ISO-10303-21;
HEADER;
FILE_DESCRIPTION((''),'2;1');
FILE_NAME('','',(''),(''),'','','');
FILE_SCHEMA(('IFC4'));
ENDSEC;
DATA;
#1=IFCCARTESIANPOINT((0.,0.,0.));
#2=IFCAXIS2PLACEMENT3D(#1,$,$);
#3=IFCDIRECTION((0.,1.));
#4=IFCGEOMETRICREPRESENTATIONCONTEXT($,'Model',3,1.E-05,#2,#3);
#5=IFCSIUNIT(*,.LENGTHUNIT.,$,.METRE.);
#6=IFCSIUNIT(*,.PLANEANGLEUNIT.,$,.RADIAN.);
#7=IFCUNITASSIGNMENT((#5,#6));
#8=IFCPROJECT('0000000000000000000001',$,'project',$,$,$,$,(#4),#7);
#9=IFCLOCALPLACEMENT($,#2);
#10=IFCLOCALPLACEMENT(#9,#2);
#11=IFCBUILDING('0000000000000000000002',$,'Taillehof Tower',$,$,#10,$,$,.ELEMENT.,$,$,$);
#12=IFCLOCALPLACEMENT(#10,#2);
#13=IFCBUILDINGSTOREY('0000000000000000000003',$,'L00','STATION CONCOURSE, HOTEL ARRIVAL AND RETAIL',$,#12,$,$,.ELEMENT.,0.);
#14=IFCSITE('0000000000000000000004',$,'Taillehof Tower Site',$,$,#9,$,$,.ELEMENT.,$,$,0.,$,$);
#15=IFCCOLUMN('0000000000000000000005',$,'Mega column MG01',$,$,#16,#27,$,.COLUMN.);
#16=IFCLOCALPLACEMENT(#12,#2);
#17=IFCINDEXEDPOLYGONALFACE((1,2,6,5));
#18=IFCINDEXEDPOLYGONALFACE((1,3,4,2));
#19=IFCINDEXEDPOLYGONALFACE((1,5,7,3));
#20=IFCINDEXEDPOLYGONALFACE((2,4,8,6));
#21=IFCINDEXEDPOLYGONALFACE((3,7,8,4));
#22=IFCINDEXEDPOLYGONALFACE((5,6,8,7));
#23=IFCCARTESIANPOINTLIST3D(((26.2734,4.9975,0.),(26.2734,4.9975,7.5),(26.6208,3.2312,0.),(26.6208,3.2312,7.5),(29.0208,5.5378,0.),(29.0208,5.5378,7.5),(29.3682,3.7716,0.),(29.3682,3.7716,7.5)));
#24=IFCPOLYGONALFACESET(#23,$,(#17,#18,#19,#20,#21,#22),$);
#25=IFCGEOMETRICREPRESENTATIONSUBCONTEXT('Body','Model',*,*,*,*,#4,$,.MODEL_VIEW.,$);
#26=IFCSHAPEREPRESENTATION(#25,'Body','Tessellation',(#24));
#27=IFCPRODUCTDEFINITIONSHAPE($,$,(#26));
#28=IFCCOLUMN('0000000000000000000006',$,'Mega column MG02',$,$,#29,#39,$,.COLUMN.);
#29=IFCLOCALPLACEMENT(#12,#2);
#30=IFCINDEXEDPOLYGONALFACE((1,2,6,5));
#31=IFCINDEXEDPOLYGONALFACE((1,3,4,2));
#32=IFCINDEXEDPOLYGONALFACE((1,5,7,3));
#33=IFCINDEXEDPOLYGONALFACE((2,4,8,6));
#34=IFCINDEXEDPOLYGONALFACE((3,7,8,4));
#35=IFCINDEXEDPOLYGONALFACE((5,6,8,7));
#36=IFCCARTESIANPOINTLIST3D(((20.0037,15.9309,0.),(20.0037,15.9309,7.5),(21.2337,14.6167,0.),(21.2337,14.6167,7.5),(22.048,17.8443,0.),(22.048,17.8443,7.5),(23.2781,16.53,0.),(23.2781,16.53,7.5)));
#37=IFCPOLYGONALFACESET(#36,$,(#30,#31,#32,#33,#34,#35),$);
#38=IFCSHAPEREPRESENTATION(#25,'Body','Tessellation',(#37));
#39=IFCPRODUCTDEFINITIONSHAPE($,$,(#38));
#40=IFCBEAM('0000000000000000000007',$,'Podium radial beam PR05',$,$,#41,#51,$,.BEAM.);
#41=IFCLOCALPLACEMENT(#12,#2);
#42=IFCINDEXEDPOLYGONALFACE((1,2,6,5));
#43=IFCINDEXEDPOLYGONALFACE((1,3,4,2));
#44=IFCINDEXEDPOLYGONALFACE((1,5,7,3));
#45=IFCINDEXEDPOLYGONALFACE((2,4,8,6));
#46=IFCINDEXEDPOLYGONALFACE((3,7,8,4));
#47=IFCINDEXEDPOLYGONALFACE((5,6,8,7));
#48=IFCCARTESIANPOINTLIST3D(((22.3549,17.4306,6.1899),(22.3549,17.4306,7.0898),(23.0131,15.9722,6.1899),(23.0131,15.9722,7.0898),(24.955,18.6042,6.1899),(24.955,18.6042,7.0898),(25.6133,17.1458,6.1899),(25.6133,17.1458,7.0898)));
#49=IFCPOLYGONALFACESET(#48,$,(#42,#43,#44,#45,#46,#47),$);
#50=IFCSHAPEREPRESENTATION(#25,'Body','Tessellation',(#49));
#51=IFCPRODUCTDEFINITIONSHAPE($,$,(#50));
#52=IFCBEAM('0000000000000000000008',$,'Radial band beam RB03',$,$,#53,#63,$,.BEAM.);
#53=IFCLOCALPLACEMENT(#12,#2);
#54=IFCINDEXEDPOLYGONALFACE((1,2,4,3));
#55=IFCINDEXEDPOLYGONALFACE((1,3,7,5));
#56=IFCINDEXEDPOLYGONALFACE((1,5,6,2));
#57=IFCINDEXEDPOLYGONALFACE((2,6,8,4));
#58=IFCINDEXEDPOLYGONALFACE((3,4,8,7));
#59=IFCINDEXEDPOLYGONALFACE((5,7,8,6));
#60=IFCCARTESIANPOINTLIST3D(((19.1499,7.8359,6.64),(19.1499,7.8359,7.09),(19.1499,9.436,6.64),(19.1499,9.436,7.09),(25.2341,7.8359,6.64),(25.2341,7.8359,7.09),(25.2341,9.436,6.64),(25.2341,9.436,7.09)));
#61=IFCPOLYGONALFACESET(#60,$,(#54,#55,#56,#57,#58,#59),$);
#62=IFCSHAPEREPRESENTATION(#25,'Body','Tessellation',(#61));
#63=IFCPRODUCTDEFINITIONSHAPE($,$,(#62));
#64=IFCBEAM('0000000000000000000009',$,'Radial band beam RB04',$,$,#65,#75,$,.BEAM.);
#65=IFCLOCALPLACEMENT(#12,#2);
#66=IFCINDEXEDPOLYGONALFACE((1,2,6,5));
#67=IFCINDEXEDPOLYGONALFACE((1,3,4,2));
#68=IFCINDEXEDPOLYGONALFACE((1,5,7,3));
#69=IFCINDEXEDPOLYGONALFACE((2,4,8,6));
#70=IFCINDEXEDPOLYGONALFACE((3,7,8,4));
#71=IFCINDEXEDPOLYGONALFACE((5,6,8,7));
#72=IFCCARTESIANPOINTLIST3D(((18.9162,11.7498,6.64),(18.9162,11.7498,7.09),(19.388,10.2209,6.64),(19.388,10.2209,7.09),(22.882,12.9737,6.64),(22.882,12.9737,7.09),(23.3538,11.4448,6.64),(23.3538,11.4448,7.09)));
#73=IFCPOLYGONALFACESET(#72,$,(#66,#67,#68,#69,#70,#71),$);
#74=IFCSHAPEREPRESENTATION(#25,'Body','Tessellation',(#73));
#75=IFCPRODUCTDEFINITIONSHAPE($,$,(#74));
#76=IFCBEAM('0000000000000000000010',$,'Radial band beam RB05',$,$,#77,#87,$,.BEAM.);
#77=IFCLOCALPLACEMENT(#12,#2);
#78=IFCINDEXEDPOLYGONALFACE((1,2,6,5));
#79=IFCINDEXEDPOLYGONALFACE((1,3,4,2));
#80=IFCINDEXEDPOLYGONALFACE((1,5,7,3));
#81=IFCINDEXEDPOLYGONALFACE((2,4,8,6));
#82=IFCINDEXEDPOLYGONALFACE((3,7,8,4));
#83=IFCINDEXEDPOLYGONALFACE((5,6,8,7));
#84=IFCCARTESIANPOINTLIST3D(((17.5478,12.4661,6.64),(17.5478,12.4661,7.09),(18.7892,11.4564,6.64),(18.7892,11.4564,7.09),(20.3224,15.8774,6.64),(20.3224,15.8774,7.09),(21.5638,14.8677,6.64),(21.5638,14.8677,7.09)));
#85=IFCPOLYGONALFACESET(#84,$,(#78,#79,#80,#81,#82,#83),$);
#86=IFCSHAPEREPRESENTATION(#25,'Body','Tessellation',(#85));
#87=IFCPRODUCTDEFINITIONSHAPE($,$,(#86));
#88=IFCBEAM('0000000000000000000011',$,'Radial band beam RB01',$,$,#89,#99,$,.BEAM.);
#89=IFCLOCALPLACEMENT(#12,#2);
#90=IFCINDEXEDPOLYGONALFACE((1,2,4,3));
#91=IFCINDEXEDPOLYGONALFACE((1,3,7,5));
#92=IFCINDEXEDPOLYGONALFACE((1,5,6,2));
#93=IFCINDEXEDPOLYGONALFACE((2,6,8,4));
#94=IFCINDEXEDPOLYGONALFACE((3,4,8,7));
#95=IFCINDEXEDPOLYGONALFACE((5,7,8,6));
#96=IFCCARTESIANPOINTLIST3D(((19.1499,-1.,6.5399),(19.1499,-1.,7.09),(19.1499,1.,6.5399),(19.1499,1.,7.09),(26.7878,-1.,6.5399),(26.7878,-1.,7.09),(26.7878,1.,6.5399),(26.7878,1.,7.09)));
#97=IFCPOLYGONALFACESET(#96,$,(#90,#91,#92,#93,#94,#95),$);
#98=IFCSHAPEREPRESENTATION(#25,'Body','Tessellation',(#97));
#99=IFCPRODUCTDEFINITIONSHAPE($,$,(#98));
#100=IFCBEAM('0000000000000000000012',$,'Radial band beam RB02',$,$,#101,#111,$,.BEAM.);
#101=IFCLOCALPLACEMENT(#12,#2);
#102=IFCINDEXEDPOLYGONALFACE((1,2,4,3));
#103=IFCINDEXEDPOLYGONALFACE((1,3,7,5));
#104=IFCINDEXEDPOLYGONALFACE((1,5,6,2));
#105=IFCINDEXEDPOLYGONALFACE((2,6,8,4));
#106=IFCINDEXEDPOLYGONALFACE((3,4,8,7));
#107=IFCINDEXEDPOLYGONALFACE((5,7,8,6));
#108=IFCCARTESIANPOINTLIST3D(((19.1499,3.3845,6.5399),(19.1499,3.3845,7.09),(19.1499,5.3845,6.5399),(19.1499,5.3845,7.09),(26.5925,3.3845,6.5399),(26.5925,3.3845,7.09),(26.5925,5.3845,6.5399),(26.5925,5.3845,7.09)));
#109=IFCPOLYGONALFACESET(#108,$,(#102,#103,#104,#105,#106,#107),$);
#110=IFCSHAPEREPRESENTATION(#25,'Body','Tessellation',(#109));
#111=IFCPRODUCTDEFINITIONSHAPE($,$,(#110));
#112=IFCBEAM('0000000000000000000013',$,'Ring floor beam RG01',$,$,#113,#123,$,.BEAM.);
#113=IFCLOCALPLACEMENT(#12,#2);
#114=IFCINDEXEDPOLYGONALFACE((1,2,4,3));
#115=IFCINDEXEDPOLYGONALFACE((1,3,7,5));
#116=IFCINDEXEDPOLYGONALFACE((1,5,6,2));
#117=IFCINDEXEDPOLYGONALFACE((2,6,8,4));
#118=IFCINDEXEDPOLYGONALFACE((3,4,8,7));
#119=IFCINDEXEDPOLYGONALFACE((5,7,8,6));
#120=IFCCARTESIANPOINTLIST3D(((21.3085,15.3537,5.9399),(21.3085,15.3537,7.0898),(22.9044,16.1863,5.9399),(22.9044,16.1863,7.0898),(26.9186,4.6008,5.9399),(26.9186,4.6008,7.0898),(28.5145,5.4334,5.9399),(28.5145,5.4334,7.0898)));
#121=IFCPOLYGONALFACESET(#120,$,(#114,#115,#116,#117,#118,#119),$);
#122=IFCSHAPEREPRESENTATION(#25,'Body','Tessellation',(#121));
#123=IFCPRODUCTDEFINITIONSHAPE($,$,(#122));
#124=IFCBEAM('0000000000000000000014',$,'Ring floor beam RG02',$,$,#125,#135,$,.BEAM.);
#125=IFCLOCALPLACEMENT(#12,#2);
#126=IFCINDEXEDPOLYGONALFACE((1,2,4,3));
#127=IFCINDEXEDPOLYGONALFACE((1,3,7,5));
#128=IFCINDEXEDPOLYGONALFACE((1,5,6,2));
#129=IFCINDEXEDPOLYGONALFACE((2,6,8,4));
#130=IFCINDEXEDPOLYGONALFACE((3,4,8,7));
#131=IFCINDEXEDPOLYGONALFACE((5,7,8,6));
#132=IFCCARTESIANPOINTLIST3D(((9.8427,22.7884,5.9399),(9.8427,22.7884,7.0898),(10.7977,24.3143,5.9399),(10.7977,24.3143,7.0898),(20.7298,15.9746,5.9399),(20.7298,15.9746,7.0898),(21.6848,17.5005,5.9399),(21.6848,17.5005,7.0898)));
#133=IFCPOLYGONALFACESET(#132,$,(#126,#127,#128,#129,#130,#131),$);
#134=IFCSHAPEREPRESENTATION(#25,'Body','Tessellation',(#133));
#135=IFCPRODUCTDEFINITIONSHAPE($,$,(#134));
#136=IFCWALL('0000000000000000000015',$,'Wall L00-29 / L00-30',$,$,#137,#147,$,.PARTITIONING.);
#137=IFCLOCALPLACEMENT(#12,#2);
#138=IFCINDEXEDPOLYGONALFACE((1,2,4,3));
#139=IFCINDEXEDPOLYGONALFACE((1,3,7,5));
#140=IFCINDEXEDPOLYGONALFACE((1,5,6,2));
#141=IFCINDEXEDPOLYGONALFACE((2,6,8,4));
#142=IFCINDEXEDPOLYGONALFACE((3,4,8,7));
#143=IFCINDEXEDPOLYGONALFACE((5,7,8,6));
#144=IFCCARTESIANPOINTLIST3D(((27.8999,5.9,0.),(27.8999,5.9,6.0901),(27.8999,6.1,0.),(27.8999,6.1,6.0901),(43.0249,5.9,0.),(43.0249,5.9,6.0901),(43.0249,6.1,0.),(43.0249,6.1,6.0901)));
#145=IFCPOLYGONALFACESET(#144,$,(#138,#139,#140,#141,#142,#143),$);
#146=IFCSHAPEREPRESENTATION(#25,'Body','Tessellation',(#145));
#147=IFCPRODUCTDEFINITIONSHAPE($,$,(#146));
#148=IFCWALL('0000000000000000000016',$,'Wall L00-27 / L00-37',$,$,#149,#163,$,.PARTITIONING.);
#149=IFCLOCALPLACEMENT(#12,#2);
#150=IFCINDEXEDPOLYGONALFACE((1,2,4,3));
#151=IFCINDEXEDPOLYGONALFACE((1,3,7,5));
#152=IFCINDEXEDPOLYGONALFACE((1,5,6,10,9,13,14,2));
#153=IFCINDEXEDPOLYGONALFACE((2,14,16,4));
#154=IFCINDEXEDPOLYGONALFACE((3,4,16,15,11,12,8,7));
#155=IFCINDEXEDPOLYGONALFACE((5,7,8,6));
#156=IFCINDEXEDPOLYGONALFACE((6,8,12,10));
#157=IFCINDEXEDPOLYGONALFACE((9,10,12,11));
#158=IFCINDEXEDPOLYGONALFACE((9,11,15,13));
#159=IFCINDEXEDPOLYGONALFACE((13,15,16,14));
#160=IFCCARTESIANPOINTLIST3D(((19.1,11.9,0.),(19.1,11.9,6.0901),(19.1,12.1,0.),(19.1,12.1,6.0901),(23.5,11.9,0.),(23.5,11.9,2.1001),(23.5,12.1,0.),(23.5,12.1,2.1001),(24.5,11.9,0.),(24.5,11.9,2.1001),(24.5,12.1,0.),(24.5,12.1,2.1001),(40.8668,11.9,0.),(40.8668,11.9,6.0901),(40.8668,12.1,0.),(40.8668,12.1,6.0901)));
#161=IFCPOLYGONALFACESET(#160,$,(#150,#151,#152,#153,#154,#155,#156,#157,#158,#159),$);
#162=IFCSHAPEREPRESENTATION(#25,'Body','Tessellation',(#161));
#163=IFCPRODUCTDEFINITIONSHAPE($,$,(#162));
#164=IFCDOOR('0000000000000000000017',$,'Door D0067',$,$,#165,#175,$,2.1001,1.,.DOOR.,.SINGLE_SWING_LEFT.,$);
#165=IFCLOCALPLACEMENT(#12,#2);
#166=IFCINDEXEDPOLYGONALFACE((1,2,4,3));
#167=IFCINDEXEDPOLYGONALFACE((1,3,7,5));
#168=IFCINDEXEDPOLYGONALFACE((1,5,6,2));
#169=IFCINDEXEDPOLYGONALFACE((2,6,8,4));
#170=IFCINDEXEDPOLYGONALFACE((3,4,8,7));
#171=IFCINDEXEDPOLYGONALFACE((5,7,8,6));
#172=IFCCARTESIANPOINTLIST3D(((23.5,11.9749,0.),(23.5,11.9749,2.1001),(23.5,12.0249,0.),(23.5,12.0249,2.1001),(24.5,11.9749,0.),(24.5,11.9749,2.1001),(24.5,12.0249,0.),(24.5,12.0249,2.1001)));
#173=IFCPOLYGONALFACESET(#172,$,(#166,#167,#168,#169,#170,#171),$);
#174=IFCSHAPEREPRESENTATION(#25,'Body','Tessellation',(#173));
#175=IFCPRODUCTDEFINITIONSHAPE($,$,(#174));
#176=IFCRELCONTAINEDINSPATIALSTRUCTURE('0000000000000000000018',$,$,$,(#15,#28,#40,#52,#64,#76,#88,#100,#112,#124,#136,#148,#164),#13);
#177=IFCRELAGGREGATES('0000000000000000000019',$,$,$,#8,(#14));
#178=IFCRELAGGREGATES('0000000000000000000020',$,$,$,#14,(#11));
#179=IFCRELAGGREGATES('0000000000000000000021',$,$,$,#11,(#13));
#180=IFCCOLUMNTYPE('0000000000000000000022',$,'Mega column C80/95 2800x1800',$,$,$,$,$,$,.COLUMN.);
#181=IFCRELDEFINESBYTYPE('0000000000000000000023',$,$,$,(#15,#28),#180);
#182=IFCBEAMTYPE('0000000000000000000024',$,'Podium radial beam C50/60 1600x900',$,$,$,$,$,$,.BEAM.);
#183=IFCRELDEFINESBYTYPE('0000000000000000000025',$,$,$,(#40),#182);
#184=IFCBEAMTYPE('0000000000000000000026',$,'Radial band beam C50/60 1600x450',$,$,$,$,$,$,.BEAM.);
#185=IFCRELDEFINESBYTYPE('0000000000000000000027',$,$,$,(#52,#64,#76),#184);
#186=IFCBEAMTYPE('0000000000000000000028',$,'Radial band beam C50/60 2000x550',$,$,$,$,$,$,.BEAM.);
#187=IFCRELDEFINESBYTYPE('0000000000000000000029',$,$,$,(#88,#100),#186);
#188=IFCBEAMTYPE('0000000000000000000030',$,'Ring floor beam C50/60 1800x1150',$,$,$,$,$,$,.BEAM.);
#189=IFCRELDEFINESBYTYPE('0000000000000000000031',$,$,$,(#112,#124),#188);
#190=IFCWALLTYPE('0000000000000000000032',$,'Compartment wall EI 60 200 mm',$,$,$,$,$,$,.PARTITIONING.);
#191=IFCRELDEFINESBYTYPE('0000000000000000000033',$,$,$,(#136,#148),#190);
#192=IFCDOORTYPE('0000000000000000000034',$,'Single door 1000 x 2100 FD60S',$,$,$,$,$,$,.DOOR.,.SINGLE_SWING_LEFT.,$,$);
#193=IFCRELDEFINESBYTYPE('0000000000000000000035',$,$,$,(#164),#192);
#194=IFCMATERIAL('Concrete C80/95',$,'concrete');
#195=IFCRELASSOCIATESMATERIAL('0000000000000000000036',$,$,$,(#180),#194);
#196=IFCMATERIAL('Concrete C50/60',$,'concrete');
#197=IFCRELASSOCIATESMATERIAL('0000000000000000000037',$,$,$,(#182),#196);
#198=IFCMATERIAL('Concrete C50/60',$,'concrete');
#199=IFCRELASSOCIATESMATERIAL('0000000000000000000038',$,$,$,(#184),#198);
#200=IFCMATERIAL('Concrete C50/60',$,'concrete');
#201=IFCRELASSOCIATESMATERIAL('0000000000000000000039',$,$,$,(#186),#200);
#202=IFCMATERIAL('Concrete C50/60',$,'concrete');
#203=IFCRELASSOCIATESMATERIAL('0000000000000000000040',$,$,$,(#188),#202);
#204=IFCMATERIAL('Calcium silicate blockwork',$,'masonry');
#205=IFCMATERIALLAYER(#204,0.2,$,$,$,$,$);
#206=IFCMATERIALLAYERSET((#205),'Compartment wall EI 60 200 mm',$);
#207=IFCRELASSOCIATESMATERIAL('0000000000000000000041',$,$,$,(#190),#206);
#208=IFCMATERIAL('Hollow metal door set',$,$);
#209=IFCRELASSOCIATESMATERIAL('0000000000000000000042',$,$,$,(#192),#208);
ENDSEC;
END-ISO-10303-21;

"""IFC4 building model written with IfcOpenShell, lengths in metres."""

from ifc_helpers import new_model, si_unit, direction, frame, frame_2d, origin, origin_2d, place, context, subcontext, project, spatial, rectangle, extrude, material, layer, layer_set, material_profile, profile_set, type_object, element, fill, save


model = new_model("IFC4")

# Units and contexts
model_context = context("Model", 3, precision=1e-05, world=origin(), true_north=direction((0.0, 1.0)))
body_context = subcontext(model_context, "Body", "Model", "MODEL_VIEW")
ifc_project = project(units=[si_unit("LENGTHUNIT", "METRE"), si_unit("PLANEANGLEUNIT", "RADIAN")], contexts=[model_context])

# Site, building, storey
site_placement = place(None, origin())
site = spatial("IfcSite", under=ifc_project, at=site_placement, Name="Taillehof Tower Site", CompositionType="ELEMENT", RefElevation=0.0)
building_placement = place(site_placement, origin())
building = spatial("IfcBuilding", under=site, at=building_placement, Name="Taillehof Tower", CompositionType="ELEMENT")
storey_placement = place(building_placement, origin())
storey = spatial("IfcBuildingStorey", under=building, at=storey_placement, Name="L00", Description="STATION CONCOURSE, HOTEL ARRIVAL AND RETAIL", CompositionType="ELEMENT", Elevation=0.0)

# Columns
ifc_material_1 = material(Name="Concrete C80/95", Category="concrete")
ifc_material_profile_1 = material_profile(ifc_material_1, rectangle(XDim=2.8, YDim=1.8, at=origin_2d()), Name="RC 2800x1800")
ifc_profile_set_1 = profile_set([ifc_material_profile_1], Name="Concrete C80/95")
column_type = type_object("IfcColumnType", Name="Mega column C80/95 2800x1800", PredefinedType="COLUMN", material=ifc_profile_set_1)
for number, where, z_axis, x_axis, name in (
    (1, (27.8208, 4.3845, 0.0), (0.0, 0.0, 1.0), (0.981204, 0.192976, 0.0), "Mega column MG01"),
    (2, (21.6409, 16.2305, 0.0), (0.0, 0.0, 1.0), (0.730113, 0.683326, 0.0), "Mega column MG02"),
):
    element("IfcColumn", number, at=place(storey_placement, frame(where, z_axis=z_axis, x_axis=x_axis)), inside=storey, type_object=column_type, Name=name, PredefinedType="COLUMN", context=body_context, shape_type="SweptSolid", body=[
        extrude(rectangle(XDim=2.8, YDim=1.8, at=origin_2d()), origin(), (0.0, 0.0, 1.0), 7.5),
    ])

# Beams
ifc_material_2 = material(Name="Concrete C50/60", Category="concrete")
ifc_material_profile_2 = material_profile(ifc_material_2, rectangle(XDim=1.6001, YDim=0.8999, at=origin_2d()), Name="RC 1600x900")
ifc_profile_set_2 = profile_set([ifc_material_profile_2], Name="Concrete C50/60")
beam_type_1 = type_object("IfcBeamType", Name="Podium radial beam C50/60 1600x900", PredefinedType="BEAM", material=ifc_profile_set_2)
beam_1_placement = place(storey_placement, frame((25.2842, 17.875, 6.6399), z_axis=(-0.911457, -0.411396, 0.0), x_axis=(0.411396, -0.911457, 0.0)))
element("IfcBeam", 3, at=beam_1_placement, inside=storey, type_object=beam_type_1, Name="Podium radial beam PR05", PredefinedType="BEAM", context=body_context, shape_type="SweptSolid", body=[
    extrude(rectangle(XDim=1.6001, YDim=0.8999, at=origin_2d()), origin(), (0.0, 0.0, 1.0), 2.8528),
])
ifc_material_3 = material(Name="Concrete C50/60", Category="concrete")
ifc_material_profile_3 = material_profile(ifc_material_3, rectangle(XDim=1.6001, YDim=0.45, at=origin_2d()), Name="RC 1600x450")
ifc_profile_set_3 = profile_set([ifc_material_profile_3], Name="Concrete C50/60")
beam_type_2 = type_object("IfcBeamType", Name="Radial band beam C50/60 1600x450", PredefinedType="BEAM", material=ifc_profile_set_3)
beam_2_placement = place(storey_placement, frame((25.2341, 8.636, 6.865), z_axis=(-1.0, 0.0, 0.0), x_axis=(0.0, -1.0, 0.0)))
element("IfcBeam", 4, at=beam_2_placement, inside=storey, type_object=beam_type_2, Name="Radial band beam RB03", PredefinedType="BEAM", context=body_context, shape_type="SweptSolid", body=[
    extrude(rectangle(XDim=1.6001, YDim=0.45, at=origin_2d()), origin(), (0.0, 0.0, 1.0), 6.0842),
])
beam_3_placement = place(storey_placement, frame((23.1179, 12.2092, 6.865), z_axis=(-0.955533, -0.294884, 0.0), x_axis=(0.294884, -0.955533, 0.0)))
element("IfcBeam", 5, at=beam_3_placement, inside=storey, type_object=beam_type_2, Name="Radial band beam RB04", PredefinedType="BEAM", context=body_context, shape_type="SweptSolid", body=[
    extrude(rectangle(XDim=1.6001, YDim=0.45, at=origin_2d()), origin(), (0.0, 0.0, 1.0), 4.1504),
])
beam_4_placement = place(storey_placement, frame((20.9431, 15.3726, 6.865), z_axis=(-0.630992, -0.77579, 0.0), x_axis=(0.77579, -0.630992, 0.0)))
element("IfcBeam", 6, at=beam_4_placement, inside=storey, type_object=beam_type_2, Name="Radial band beam RB05", PredefinedType="BEAM", context=body_context, shape_type="SweptSolid", body=[
    extrude(rectangle(XDim=1.6001, YDim=0.45, at=origin_2d()), origin(), (0.0, 0.0, 1.0), 4.3972),
])
ifc_material_4 = material(Name="Concrete C50/60", Category="concrete")
ifc_material_profile_4 = material_profile(ifc_material_4, rectangle(XDim=2.0, YDim=0.55, at=origin_2d()), Name="RC 2000x550")
ifc_profile_set_4 = profile_set([ifc_material_profile_4], Name="Concrete C50/60")
beam_type_3 = type_object("IfcBeamType", Name="Radial band beam C50/60 2000x550", PredefinedType="BEAM", material=ifc_profile_set_4)
beam_5_placement = place(storey_placement, frame((26.7878, 0.0, 6.8149), z_axis=(-1.0, 0.0, 0.0), x_axis=(0.0, -1.0, 0.0)))
element("IfcBeam", 7, at=beam_5_placement, inside=storey, type_object=beam_type_3, Name="Radial band beam RB01", PredefinedType="BEAM", context=body_context, shape_type="SweptSolid", body=[
    extrude(rectangle(XDim=2.0, YDim=0.55, at=origin_2d()), origin(), (0.0, 0.0, 1.0), 7.6379),
])
beam_6_placement = place(storey_placement, frame((26.5925, 4.3845, 6.8149), z_axis=(-1.0, 0.0, 0.0), x_axis=(0.0, -1.0, 0.0)))
element("IfcBeam", 8, at=beam_6_placement, inside=storey, type_object=beam_type_3, Name="Radial band beam RB02", PredefinedType="BEAM", context=body_context, shape_type="SweptSolid", body=[
    extrude(rectangle(XDim=2.0, YDim=0.55, at=origin_2d()), origin(), (0.0, 0.0, 1.0), 7.4426),
])
ifc_material_5 = material(Name="Concrete C50/60", Category="concrete")
ifc_material_profile_5 = material_profile(ifc_material_5, rectangle(XDim=1.8, YDim=1.1499, at=origin_2d()), Name="RC 1800x1150")
ifc_profile_set_5 = profile_set([ifc_material_profile_5], Name="Concrete C50/60")
beam_type_4 = type_object("IfcBeamType", Name="Ring floor beam C50/60 1800x1150", PredefinedType="BEAM", material=ifc_profile_set_5)
beam_7_placement = place(storey_placement, frame((27.7166, 5.0171, 6.5149), z_axis=(-0.462558, 0.886589, 0.0), x_axis=(-0.886589, -0.462558, 0.0)))
element("IfcBeam", 9, at=beam_7_placement, inside=storey, type_object=beam_type_4, Name="Ring floor beam RG01", PredefinedType="BEAM", context=body_context, shape_type="SweptSolid", body=[
    extrude(rectangle(XDim=1.8, YDim=1.1499, at=origin_2d()), origin(), (0.0, 0.0, 1.0), 12.1284),
])
beam_8_placement = place(storey_placement, frame((21.2073, 16.7375, 6.5149), z_axis=(-0.84767, 0.530523, 0.0), x_axis=(-0.530523, -0.84767, 0.0)))
element("IfcBeam", 10, at=beam_8_placement, inside=storey, type_object=beam_type_4, Name="Ring floor beam RG02", PredefinedType="BEAM", context=body_context, shape_type="SweptSolid", body=[
    extrude(rectangle(XDim=1.8, YDim=1.1499, at=origin_2d()), origin(), (0.0, 0.0, 1.0), 12.8435),
])

# Wall
ifc_material_6 = material(Name="Calcium silicate blockwork", Category="masonry")
ifc_layer_1 = layer(ifc_material_6, 0.2)
ifc_layer_set_1 = layer_set([ifc_layer_1], Name="Compartment wall EI 60 200 mm")
wall_type_1 = type_object("IfcWallType", Name="Compartment wall EI 60 200 mm", PredefinedType="PARTITIONING", material=ifc_layer_set_1)
wall_1_placement = place(storey_placement, frame((27.8999, 6.0, 0.0), z_axis=(0.0, 0.0, 1.0), x_axis=(1.0, 0.0, 0.0)))
element("IfcWall", 11, at=wall_1_placement, inside=storey, type_object=wall_type_1, Name="Wall L00-29 / L00-30", PredefinedType="PARTITIONING", context=body_context, shape_type="SweptSolid", body=[
    extrude(rectangle(XDim=15.125, YDim=0.2, at=frame_2d((7.5625, 0.0))), origin(), (0.0, 0.0, 1.0), 6.0901),
])

# Wall, opening, door
wall_2_placement = place(storey_placement, frame((19.1001, 12.0, 0.0), z_axis=(0.0, 0.0, 1.0), x_axis=(1.0, 0.0, 0.0)))
wall_2 = element("IfcWall", 12, at=wall_2_placement, inside=storey, type_object=wall_type_1, Name="Wall L00-27 / L00-37", PredefinedType="PARTITIONING", context=body_context, shape_type="SweptSolid", body=[
    extrude(rectangle(XDim=21.7668, YDim=0.2, at=frame_2d((10.8833, 0.0))), origin(), (0.0, 0.0, 1.0), 6.0901),
])
opening_1_placement = place(wall_2_placement, frame((4.3999, 0.0, 0.0)))
opening_1 = element("IfcOpeningElement", 13, at=opening_1_placement, cuts=wall_2, PredefinedType="OPENING", context=body_context, shape_type="SweptSolid", body=[
    extrude(rectangle(XDim=1.0, YDim=2.1001, at=frame_2d((0.5, 1.05))), frame((0.0, 0.1099, 0.0), z_axis=(0.0, -1.0, 0.0), x_axis=(1.0, 0.0, 0.0)), (0.0, 0.0, 1.0), 0.22),
])
ifc_material_7 = material(Name="Hollow metal door set")
door_type_1 = type_object("IfcDoorType", Name="Single door 1000 x 2100 FD60S", OperationType="SINGLE_SWING_LEFT", PredefinedType="DOOR", material=ifc_material_7)
door_1_placement = place(opening_1_placement, origin())
door_1 = element("IfcDoor", 14, at=door_1_placement, inside=storey, type_object=door_type_1, Name="Door D0067", OperationType="SINGLE_SWING_LEFT", OverallHeight=2.1001, OverallWidth=1.0, PredefinedType="DOOR", context=body_context, shape_type="SweptSolid", body=[
    extrude(rectangle(XDim=1.0, YDim=2.1001, at=frame_2d((0.5, 1.05))), frame((0.0, 0.0249, 0.0), z_axis=(0.0, -1.0, 0.0), x_axis=(1.0, 0.0, 0.0)), (0.0, 0.0, 1.0), 0.05),
])
fill(opening_1, door_1)

save(model, "model.ifc")
